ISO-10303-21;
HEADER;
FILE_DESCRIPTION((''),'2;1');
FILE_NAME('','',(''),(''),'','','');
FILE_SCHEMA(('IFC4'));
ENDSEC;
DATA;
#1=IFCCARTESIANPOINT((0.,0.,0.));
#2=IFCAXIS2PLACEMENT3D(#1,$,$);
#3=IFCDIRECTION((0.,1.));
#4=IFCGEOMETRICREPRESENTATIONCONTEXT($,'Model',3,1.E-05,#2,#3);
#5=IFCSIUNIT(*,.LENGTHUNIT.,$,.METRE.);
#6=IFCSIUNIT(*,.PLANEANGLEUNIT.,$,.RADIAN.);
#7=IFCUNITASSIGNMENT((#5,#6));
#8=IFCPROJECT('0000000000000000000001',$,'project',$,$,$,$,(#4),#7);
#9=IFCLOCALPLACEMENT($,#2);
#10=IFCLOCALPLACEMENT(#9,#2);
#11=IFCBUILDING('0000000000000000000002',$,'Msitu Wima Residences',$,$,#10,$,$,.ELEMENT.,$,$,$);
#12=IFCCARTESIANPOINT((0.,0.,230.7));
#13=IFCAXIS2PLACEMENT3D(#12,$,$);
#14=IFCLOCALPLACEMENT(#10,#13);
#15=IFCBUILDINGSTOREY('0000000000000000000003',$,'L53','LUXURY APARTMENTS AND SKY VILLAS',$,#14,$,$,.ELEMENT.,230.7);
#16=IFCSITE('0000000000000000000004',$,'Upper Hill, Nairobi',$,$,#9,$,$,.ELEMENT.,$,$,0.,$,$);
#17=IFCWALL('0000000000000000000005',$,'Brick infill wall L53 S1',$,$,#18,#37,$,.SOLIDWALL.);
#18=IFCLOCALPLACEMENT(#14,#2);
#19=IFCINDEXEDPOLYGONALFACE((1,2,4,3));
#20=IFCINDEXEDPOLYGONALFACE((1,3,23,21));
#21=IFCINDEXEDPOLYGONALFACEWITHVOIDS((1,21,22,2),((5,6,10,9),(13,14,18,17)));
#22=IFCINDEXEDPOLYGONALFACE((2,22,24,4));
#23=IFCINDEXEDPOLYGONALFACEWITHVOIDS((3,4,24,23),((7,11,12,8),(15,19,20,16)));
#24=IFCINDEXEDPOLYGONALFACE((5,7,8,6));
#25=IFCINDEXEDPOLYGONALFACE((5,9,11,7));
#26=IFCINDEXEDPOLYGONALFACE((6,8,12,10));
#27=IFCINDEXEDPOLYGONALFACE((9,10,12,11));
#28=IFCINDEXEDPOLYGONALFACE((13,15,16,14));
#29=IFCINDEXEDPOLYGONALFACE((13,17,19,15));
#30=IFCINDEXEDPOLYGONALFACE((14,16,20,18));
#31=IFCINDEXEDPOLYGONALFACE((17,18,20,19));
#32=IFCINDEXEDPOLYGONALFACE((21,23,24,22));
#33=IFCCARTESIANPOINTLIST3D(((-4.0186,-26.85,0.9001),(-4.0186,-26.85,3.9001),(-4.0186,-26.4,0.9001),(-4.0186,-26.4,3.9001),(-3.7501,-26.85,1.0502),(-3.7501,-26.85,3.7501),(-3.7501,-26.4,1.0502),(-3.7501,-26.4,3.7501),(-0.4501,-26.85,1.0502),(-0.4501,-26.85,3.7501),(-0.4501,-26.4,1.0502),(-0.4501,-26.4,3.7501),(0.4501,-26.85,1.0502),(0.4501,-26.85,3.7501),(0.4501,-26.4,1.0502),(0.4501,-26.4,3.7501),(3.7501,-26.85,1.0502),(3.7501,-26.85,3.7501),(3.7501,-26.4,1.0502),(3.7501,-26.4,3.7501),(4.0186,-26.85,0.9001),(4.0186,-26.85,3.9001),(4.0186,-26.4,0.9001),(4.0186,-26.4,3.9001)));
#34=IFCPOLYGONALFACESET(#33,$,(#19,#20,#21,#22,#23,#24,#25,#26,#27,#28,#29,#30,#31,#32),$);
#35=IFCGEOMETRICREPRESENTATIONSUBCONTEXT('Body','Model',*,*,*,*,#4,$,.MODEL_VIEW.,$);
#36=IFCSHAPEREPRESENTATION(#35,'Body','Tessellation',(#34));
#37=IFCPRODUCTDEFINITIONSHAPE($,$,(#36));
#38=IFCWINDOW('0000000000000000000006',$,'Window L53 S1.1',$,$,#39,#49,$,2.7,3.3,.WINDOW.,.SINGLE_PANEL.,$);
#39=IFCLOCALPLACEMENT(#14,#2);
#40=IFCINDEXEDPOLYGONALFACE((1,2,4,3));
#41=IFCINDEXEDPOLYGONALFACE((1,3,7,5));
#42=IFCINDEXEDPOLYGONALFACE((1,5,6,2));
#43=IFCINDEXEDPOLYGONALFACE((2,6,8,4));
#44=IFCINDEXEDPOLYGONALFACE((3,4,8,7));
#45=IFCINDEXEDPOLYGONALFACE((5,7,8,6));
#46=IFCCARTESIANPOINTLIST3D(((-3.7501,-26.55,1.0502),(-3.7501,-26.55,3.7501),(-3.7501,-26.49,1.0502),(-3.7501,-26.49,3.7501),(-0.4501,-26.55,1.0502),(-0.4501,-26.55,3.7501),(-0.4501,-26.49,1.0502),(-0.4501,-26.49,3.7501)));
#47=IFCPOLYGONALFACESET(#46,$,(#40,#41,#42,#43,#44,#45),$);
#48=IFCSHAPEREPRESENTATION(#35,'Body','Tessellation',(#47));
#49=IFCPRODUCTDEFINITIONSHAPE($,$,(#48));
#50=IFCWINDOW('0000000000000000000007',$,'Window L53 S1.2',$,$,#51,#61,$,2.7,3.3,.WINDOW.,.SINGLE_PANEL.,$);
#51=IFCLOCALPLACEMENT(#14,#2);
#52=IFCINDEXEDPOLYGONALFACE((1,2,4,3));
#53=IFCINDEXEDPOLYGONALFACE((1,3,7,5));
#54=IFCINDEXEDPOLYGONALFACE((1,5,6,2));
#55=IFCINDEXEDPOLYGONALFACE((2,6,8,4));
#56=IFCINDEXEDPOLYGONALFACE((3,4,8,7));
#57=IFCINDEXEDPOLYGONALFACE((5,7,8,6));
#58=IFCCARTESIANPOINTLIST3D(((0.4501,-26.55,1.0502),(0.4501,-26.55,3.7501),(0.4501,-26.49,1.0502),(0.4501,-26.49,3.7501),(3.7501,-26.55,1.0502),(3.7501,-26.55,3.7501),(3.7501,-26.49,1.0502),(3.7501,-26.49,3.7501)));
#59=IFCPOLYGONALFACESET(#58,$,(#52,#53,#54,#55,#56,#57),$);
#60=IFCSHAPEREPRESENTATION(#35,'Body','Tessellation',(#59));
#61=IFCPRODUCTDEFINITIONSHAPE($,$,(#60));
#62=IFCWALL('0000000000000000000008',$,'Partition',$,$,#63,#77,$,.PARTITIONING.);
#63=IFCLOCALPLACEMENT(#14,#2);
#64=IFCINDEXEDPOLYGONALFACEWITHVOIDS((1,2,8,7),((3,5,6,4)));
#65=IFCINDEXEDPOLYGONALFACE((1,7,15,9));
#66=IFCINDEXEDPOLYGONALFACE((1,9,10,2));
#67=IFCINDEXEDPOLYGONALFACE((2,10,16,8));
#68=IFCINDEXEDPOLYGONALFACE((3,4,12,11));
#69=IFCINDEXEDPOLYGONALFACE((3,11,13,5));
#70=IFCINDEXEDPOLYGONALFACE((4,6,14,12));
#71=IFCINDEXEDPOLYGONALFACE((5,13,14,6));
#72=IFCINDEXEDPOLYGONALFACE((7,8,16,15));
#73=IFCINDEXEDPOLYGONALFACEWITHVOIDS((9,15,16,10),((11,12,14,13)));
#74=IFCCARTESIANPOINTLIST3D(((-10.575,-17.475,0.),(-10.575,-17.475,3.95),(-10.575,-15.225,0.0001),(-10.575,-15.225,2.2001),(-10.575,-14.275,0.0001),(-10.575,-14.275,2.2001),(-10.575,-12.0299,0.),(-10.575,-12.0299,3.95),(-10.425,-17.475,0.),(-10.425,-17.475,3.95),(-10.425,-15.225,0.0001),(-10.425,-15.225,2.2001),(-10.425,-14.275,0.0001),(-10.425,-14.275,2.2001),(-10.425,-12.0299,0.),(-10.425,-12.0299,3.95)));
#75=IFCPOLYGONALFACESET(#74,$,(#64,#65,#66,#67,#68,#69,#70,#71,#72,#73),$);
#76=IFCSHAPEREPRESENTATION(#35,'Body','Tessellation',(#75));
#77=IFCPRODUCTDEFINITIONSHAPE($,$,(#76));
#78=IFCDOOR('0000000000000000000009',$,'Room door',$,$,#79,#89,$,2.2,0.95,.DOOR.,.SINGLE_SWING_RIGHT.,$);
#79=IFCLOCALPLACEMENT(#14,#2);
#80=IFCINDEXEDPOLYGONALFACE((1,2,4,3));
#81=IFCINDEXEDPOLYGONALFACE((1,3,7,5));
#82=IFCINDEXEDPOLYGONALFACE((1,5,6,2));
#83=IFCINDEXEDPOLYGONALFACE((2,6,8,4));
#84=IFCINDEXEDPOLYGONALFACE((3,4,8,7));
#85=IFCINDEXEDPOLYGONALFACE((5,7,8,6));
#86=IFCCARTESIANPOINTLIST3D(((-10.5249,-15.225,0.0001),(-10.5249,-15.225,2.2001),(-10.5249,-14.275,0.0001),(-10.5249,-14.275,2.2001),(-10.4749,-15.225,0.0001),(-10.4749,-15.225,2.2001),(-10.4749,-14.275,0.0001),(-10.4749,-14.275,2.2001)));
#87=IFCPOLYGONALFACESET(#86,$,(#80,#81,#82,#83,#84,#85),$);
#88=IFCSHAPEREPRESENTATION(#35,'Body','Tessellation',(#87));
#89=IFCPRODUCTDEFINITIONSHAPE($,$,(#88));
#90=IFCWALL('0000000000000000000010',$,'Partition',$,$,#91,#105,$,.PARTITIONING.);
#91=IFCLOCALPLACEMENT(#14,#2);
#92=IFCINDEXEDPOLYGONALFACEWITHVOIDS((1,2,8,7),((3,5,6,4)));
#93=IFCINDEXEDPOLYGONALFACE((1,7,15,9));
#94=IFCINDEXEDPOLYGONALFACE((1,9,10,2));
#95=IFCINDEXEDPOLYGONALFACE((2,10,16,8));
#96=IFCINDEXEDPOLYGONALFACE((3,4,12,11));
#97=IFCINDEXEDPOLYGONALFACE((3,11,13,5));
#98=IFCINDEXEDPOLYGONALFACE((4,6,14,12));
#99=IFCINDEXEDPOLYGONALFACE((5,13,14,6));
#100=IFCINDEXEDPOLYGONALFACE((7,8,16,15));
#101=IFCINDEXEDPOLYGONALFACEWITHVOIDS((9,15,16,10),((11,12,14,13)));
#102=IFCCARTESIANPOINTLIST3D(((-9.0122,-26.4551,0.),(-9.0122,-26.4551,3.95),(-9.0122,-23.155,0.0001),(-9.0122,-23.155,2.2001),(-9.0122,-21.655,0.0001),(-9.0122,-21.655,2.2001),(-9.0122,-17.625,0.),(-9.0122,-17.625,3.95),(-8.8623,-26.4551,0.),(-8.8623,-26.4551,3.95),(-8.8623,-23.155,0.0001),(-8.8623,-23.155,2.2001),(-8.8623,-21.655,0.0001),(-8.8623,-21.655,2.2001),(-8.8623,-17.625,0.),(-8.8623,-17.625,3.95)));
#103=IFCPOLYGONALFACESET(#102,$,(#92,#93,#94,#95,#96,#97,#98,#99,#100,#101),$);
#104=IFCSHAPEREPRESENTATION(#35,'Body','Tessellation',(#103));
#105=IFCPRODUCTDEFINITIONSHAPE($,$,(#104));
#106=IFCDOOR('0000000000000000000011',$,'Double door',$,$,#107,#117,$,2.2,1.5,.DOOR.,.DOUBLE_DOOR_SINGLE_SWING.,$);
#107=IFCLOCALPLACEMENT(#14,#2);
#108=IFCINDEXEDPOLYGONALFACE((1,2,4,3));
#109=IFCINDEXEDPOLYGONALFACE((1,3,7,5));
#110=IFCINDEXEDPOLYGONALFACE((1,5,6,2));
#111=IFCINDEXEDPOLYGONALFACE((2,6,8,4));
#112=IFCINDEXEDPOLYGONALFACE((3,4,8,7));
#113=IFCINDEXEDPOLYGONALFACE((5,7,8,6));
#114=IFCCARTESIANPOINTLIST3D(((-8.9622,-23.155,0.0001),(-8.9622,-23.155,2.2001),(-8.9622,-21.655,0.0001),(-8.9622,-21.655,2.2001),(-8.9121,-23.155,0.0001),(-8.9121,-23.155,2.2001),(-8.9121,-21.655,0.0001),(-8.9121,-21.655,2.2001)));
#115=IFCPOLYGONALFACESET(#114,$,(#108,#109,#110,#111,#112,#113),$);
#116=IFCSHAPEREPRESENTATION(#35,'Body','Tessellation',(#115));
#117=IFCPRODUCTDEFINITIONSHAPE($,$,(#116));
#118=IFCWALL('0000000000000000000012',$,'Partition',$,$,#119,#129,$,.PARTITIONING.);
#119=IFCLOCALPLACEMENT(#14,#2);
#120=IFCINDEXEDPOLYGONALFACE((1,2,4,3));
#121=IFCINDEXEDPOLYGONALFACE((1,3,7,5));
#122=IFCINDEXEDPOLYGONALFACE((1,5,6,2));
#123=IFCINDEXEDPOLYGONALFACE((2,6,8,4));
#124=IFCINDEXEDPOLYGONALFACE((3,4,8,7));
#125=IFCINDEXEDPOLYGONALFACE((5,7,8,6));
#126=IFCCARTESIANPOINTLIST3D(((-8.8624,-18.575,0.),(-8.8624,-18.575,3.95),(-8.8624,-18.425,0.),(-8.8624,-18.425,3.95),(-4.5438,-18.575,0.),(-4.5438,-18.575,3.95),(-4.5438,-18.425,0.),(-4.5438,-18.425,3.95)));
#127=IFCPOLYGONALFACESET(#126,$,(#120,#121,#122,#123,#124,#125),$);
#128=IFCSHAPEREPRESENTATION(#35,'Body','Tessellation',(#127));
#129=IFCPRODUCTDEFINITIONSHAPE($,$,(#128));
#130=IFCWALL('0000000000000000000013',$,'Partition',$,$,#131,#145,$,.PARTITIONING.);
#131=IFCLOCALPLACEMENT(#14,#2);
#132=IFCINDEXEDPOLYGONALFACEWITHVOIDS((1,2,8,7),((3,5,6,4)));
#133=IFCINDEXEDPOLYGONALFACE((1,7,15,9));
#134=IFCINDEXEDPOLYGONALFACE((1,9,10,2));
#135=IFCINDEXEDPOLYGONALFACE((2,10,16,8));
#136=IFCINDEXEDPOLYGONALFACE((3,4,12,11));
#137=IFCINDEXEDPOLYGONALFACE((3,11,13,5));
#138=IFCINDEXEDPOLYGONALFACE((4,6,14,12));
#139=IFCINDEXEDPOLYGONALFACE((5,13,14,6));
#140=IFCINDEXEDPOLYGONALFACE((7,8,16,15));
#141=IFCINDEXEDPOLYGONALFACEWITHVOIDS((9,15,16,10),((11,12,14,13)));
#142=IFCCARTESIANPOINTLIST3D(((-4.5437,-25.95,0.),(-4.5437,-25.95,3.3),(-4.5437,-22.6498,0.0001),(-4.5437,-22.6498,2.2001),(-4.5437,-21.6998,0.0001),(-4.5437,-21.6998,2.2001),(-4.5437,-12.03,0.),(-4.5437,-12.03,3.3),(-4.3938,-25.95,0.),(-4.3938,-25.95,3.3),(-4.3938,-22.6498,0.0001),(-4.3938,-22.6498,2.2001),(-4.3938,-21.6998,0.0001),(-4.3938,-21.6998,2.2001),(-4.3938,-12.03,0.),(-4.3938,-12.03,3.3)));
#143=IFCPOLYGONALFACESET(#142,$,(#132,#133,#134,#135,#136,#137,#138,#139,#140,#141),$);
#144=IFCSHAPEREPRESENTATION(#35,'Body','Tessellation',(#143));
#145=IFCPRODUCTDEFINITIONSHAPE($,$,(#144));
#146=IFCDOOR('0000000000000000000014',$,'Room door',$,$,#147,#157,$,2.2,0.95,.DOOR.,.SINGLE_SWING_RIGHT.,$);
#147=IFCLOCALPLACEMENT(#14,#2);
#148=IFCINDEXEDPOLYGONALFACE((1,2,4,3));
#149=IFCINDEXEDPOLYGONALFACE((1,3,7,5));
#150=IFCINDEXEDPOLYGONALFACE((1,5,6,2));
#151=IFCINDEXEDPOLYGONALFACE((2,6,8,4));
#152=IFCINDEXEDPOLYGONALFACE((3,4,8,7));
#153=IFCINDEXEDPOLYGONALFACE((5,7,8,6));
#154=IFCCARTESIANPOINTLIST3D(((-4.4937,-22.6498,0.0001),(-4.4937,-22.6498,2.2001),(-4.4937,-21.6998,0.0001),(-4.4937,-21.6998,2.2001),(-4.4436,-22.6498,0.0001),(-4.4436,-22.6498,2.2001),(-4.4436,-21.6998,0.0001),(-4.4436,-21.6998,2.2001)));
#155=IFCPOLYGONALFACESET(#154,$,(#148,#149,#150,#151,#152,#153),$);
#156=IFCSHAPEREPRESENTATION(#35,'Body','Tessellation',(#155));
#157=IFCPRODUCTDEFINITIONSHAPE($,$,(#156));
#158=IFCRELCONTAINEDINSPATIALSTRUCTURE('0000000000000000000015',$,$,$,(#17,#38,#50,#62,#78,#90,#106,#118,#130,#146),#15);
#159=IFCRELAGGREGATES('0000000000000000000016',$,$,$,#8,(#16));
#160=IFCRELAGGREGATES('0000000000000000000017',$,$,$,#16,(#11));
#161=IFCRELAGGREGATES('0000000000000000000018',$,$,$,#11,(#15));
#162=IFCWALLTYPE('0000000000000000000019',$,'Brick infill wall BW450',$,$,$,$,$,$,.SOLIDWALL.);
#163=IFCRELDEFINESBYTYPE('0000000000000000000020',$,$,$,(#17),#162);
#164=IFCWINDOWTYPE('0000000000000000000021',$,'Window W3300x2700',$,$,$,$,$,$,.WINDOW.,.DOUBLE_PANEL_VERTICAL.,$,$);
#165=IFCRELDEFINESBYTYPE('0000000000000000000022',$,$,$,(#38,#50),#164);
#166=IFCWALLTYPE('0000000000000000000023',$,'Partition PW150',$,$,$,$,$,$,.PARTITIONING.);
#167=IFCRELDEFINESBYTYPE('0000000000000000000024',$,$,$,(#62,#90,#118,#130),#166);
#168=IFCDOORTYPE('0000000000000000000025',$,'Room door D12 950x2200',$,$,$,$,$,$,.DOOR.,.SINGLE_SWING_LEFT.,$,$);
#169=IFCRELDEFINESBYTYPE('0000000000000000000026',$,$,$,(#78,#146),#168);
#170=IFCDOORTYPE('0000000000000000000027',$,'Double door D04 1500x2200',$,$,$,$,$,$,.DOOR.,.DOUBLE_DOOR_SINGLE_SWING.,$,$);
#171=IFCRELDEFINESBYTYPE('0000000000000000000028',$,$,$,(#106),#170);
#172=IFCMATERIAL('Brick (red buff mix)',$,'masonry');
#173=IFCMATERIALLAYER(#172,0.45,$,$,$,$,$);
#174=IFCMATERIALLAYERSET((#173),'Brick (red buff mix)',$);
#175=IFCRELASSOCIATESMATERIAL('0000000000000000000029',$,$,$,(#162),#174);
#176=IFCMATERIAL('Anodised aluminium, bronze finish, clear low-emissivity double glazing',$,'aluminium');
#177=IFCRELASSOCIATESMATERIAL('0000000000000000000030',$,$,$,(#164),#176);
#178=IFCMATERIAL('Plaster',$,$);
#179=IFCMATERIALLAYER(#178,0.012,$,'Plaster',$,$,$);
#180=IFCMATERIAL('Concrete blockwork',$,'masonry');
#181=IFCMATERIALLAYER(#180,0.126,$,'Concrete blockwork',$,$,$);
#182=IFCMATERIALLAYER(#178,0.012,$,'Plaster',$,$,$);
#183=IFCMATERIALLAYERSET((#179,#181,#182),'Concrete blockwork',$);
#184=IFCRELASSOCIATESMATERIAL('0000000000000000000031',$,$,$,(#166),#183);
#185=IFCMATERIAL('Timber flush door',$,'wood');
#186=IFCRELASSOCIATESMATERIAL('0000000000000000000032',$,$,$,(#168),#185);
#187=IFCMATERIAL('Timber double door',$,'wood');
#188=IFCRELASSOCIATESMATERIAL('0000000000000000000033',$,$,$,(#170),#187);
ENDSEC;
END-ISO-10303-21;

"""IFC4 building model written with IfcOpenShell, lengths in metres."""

from ifc_helpers import new_model, si_unit, direction, frame, frame_2d, origin, place, context, subcontext, project, spatial, rectangle, extrude, material, layer, layer_set, type_object, element, fill, save


model = new_model("IFC4")

# Units and contexts
model_context = context("Model", 3, precision=1e-05, world=origin(), true_north=direction((0.0, 1.0)))
body_context = subcontext(model_context, "Body", "Model", "MODEL_VIEW")
ifc_project = project(units=[si_unit("LENGTHUNIT", "METRE"), si_unit("PLANEANGLEUNIT", "RADIAN")], contexts=[model_context])

# Site, building, storey
site_placement = place(None, origin())
site = spatial("IfcSite", under=ifc_project, at=site_placement, Name="Upper Hill, Nairobi", CompositionType="ELEMENT", RefElevation=0.0)
building_placement = place(site_placement, origin())
building = spatial("IfcBuilding", under=site, at=building_placement, Name="Msitu Wima Residences", CompositionType="ELEMENT")
storey_placement = place(building_placement, frame((0.0, 0.0, 230.7)))
storey = spatial("IfcBuildingStorey", under=building, at=storey_placement, Name="L53", Description="LUXURY APARTMENTS AND SKY VILLAS", CompositionType="ELEMENT", Elevation=230.7)

# Shared definitions
ifc_material_1 = material(Name="Brick (red buff mix)", Category="masonry")
ifc_layer_1 = layer(ifc_material_1, 0.45)
ifc_layer_set_1 = layer_set([ifc_layer_1], Name="Brick (red buff mix)")
wall_type_1 = type_object("IfcWallType", Name="Brick infill wall BW450", PredefinedType="SOLIDWALL", material=ifc_layer_set_1)
ifc_material_2 = material(Name="Anodised aluminium, bronze finish, clear low-emissivity double glazing", Category="aluminium")
window_type = type_object("IfcWindowType", Name="Window W3300x2700", PartitioningType="DOUBLE_PANEL_VERTICAL", PredefinedType="WINDOW", material=ifc_material_2)

# Wall, openings, windows
wall_1_placement = place(storey_placement, frame((-4.0186, -26.625, 0.9001), z_axis=(0.0, 0.0, 1.0), x_axis=(1.0, 0.0, 0.0)))
wall_1 = element("IfcWall", 1, at=wall_1_placement, inside=storey, type_object=wall_type_1, Name="Brick infill wall L53 S1", PredefinedType="SOLIDWALL", context=body_context, shape_type="SweptSolid", body=[
    extrude(rectangle(XDim=8.0371, YDim=0.45, at=frame_2d((4.0186, 0.0))), origin(), (0.0, 0.0, 1.0), 3.0),
])
opening_1_placement = place(wall_1_placement, frame((0.2686, 0.0, 0.1499)))
opening_1 = element("IfcOpeningElement", 2, at=opening_1_placement, cuts=wall_1, PredefinedType="OPENING", context=body_context, shape_type="SweptSolid", body=[
    extrude(rectangle(XDim=3.3, YDim=2.7, at=frame_2d((1.6499, 1.3501))), frame((0.0, 0.2349, 0.0), z_axis=(0.0, -1.0, 0.0), x_axis=(1.0, 0.0, 0.0)), (0.0, 0.0, 1.0), 0.47),
])
opening_2_placement = place(wall_1_placement, frame((4.4688, 0.0, 0.1499)))
opening_2 = element("IfcOpeningElement", 3, at=opening_2_placement, cuts=wall_1, PredefinedType="OPENING", context=body_context, shape_type="SweptSolid", body=[
    extrude(rectangle(XDim=3.3, YDim=2.7, at=frame_2d((1.6499, 1.3501))), frame((0.0, 0.2349, 0.0), z_axis=(0.0, -1.0, 0.0), x_axis=(1.0, 0.0, 0.0)), (0.0, 0.0, 1.0), 0.47),
])
window_1_placement = place(opening_1_placement, origin())
window_1 = element("IfcWindow", 4, at=window_1_placement, inside=storey, type_object=window_type, Name="Window L53 S1.1", OverallHeight=2.7, OverallWidth=3.3, PartitioningType="SINGLE_PANEL", PredefinedType="WINDOW", context=body_context, shape_type="SweptSolid", body=[
    extrude(rectangle(XDim=3.3, YDim=2.7, at=frame_2d((1.6499, 1.3501))), frame((0.0, 0.135, 0.0), z_axis=(0.0, -1.0, 0.0), x_axis=(1.0, 0.0, 0.0)), (0.0, 0.0, 1.0), 0.0601),
])
fill(opening_1, window_1)
window_2_placement = place(opening_2_placement, origin())
window_2 = element("IfcWindow", 5, at=window_2_placement, inside=storey, type_object=window_type, Name="Window L53 S1.2", OverallHeight=2.7, OverallWidth=3.3, PartitioningType="SINGLE_PANEL", PredefinedType="WINDOW", context=body_context, shape_type="SweptSolid", body=[
    extrude(rectangle(XDim=3.3, YDim=2.7, at=frame_2d((1.6499, 1.3501))), frame((0.0, 0.135, 0.0), z_axis=(0.0, -1.0, 0.0), x_axis=(1.0, 0.0, 0.0)), (0.0, 0.0, 1.0), 0.0601),
])
fill(opening_2, window_2)

# Walls, openings, doors
ifc_material_3 = material(Name="Plaster")
ifc_layer_2 = layer(ifc_material_3, 0.012, Name="Plaster")
ifc_material_4 = material(Name="Concrete blockwork", Category="masonry")
ifc_layer_3 = layer(ifc_material_4, 0.126, Name="Concrete blockwork")
ifc_layer_4 = layer(ifc_material_3, 0.012, Name="Plaster")
ifc_layer_set_2 = layer_set([ifc_layer_2, ifc_layer_3, ifc_layer_4], Name="Concrete blockwork")
wall_type_2 = type_object("IfcWallType", Name="Partition PW150", PredefinedType="PARTITIONING", material=ifc_layer_set_2)
wall_2_placement = place(storey_placement, frame((-10.5, -17.4751, 0.0), z_axis=(0.0, 0.0, 1.0), x_axis=(0.0, 1.0, 0.0)))
wall_2 = element("IfcWall", 6, at=wall_2_placement, inside=storey, type_object=wall_type_2, Name="Partition", PredefinedType="PARTITIONING", context=body_context, shape_type="SweptSolid", body=[
    extrude(rectangle(XDim=5.4451, YDim=0.1499, at=frame_2d((2.7227, 0.0))), origin(), (0.0, 0.0, 1.0), 3.95),
])
opening_3_placement = place(wall_2_placement, frame((2.25, 0.0, 0.0)))
opening_3 = element("IfcOpeningElement", 7, at=opening_3_placement, cuts=wall_2, PredefinedType="OPENING", context=body_context, shape_type="SweptSolid", body=[
    extrude(rectangle(XDim=0.95, YDim=2.2, at=frame_2d((0.4751, 1.1001))), frame((0.0, 0.085, 0.0), z_axis=(0.0, -1.0, 0.0), x_axis=(1.0, 0.0, 0.0)), (0.0, 0.0, 1.0), 0.1699),
])
ifc_material_5 = material(Name="Timber flush door", Category="wood")
door_type_1 = type_object("IfcDoorType", Name="Room door D12 950x2200", OperationType="SINGLE_SWING_LEFT", PredefinedType="DOOR", material=ifc_material_5)
door_1_placement = place(opening_3_placement, origin())
door_1 = element("IfcDoor", 8, at=door_1_placement, inside=storey, type_object=door_type_1, Name="Room door", OperationType="SINGLE_SWING_RIGHT", OverallHeight=2.2, OverallWidth=0.95, PredefinedType="DOOR", context=body_context, shape_type="SweptSolid", body=[
    extrude(rectangle(XDim=0.95, YDim=2.2, at=frame_2d((0.4751, 1.1001))), frame((0.0, 0.0249, 0.0), z_axis=(0.0, -1.0, 0.0), x_axis=(1.0, 0.0, 0.0)), (0.0, 0.0, 1.0), 0.05),
])
fill(opening_3, door_1)
wall_3_placement = place(storey_placement, frame((-8.9373, -26.4551, 0.0), z_axis=(0.0, 0.0, 1.0), x_axis=(0.0, 1.0, 0.0)))
wall_3 = element("IfcWall", 9, at=wall_3_placement, inside=storey, type_object=wall_type_2, Name="Partition", PredefinedType="PARTITIONING", context=body_context, shape_type="SweptSolid", body=[
    extrude(rectangle(XDim=8.8301, YDim=0.1499, at=frame_2d((4.415, 0.0))), origin(), (0.0, 0.0, 1.0), 3.95),
])
opening_4_placement = place(wall_3_placement, frame((3.3, 0.0, 0.0)))
opening_4 = element("IfcOpeningElement", 10, at=opening_4_placement, cuts=wall_3, PredefinedType="OPENING", context=body_context, shape_type="SweptSolid", body=[
    extrude(rectangle(XDim=1.5, YDim=2.2, at=frame_2d((0.75, 1.1001))), frame((0.0, 0.085, 0.0), z_axis=(0.0, -1.0, 0.0), x_axis=(1.0, 0.0, 0.0)), (0.0, 0.0, 1.0), 0.1699),
])
ifc_material_6 = material(Name="Timber double door", Category="wood")
door_type_2 = type_object("IfcDoorType", Name="Double door D04 1500x2200", OperationType="DOUBLE_DOOR_SINGLE_SWING", PredefinedType="DOOR", material=ifc_material_6)
door_2_placement = place(opening_4_placement, origin())
door_2 = element("IfcDoor", 11, at=door_2_placement, inside=storey, type_object=door_type_2, Name="Double door", OperationType="DOUBLE_DOOR_SINGLE_SWING", OverallHeight=2.2, OverallWidth=1.5, PredefinedType="DOOR", context=body_context, shape_type="SweptSolid", body=[
    extrude(rectangle(XDim=1.5, YDim=2.2, at=frame_2d((0.75, 1.1001))), frame((0.0, 0.0249, 0.0), z_axis=(0.0, -1.0, 0.0), x_axis=(1.0, 0.0, 0.0)), (0.0, 0.0, 1.0), 0.05),
])
fill(opening_4, door_2)

# Wall
wall_4_placement = place(storey_placement, frame((-8.8623, -18.5, 0.0), z_axis=(0.0, 0.0, 1.0), x_axis=(1.0, 0.0, 0.0)))
element("IfcWall", 12, at=wall_4_placement, inside=storey, type_object=wall_type_2, Name="Partition", PredefinedType="PARTITIONING", context=body_context, shape_type="SweptSolid", body=[
    extrude(rectangle(XDim=4.3186, YDim=0.1499, at=frame_2d((2.1592, 0.0))), origin(), (0.0, 0.0, 1.0), 3.95),
])

# Wall, opening, door
wall_5_placement = place(storey_placement, frame((-4.4688, -25.95, 0.0), z_axis=(0.0, 0.0, 1.0), x_axis=(0.0, 1.0, 0.0)))
wall_5 = element("IfcWall", 13, at=wall_5_placement, inside=storey, type_object=wall_type_2, Name="Partition", PredefinedType="PARTITIONING", context=body_context, shape_type="SweptSolid", body=[
    extrude(rectangle(XDim=13.9199, YDim=0.1499, at=frame_2d((6.96, 0.0))), origin(), (0.0, 0.0, 1.0), 3.3),
])
opening_5_placement = place(wall_5_placement, frame((3.3, 0.0, 0.0)))
opening_5 = element("IfcOpeningElement", 14, at=opening_5_placement, cuts=wall_5, PredefinedType="OPENING", context=body_context, shape_type="SweptSolid", body=[
    extrude(rectangle(XDim=0.95, YDim=2.2, at=frame_2d((0.4751, 1.1001))), frame((0.0, 0.085, 0.0), z_axis=(0.0, -1.0, 0.0), x_axis=(1.0, 0.0, 0.0)), (0.0, 0.0, 1.0), 0.1699),
])
door_3_placement = place(opening_5_placement, origin())
door_3 = element("IfcDoor", 15, at=door_3_placement, inside=storey, type_object=door_type_1, Name="Room door", OperationType="SINGLE_SWING_RIGHT", OverallHeight=2.2, OverallWidth=0.95, PredefinedType="DOOR", context=body_context, shape_type="SweptSolid", body=[
    extrude(rectangle(XDim=0.95, YDim=2.2, at=frame_2d((0.4751, 1.1001))), frame((0.0, 0.0249, 0.0), z_axis=(0.0, -1.0, 0.0), x_axis=(1.0, 0.0, 0.0)), (0.0, 0.0, 1.0), 0.05),
])
fill(opening_5, door_3)

save(model, "model.ifc")
